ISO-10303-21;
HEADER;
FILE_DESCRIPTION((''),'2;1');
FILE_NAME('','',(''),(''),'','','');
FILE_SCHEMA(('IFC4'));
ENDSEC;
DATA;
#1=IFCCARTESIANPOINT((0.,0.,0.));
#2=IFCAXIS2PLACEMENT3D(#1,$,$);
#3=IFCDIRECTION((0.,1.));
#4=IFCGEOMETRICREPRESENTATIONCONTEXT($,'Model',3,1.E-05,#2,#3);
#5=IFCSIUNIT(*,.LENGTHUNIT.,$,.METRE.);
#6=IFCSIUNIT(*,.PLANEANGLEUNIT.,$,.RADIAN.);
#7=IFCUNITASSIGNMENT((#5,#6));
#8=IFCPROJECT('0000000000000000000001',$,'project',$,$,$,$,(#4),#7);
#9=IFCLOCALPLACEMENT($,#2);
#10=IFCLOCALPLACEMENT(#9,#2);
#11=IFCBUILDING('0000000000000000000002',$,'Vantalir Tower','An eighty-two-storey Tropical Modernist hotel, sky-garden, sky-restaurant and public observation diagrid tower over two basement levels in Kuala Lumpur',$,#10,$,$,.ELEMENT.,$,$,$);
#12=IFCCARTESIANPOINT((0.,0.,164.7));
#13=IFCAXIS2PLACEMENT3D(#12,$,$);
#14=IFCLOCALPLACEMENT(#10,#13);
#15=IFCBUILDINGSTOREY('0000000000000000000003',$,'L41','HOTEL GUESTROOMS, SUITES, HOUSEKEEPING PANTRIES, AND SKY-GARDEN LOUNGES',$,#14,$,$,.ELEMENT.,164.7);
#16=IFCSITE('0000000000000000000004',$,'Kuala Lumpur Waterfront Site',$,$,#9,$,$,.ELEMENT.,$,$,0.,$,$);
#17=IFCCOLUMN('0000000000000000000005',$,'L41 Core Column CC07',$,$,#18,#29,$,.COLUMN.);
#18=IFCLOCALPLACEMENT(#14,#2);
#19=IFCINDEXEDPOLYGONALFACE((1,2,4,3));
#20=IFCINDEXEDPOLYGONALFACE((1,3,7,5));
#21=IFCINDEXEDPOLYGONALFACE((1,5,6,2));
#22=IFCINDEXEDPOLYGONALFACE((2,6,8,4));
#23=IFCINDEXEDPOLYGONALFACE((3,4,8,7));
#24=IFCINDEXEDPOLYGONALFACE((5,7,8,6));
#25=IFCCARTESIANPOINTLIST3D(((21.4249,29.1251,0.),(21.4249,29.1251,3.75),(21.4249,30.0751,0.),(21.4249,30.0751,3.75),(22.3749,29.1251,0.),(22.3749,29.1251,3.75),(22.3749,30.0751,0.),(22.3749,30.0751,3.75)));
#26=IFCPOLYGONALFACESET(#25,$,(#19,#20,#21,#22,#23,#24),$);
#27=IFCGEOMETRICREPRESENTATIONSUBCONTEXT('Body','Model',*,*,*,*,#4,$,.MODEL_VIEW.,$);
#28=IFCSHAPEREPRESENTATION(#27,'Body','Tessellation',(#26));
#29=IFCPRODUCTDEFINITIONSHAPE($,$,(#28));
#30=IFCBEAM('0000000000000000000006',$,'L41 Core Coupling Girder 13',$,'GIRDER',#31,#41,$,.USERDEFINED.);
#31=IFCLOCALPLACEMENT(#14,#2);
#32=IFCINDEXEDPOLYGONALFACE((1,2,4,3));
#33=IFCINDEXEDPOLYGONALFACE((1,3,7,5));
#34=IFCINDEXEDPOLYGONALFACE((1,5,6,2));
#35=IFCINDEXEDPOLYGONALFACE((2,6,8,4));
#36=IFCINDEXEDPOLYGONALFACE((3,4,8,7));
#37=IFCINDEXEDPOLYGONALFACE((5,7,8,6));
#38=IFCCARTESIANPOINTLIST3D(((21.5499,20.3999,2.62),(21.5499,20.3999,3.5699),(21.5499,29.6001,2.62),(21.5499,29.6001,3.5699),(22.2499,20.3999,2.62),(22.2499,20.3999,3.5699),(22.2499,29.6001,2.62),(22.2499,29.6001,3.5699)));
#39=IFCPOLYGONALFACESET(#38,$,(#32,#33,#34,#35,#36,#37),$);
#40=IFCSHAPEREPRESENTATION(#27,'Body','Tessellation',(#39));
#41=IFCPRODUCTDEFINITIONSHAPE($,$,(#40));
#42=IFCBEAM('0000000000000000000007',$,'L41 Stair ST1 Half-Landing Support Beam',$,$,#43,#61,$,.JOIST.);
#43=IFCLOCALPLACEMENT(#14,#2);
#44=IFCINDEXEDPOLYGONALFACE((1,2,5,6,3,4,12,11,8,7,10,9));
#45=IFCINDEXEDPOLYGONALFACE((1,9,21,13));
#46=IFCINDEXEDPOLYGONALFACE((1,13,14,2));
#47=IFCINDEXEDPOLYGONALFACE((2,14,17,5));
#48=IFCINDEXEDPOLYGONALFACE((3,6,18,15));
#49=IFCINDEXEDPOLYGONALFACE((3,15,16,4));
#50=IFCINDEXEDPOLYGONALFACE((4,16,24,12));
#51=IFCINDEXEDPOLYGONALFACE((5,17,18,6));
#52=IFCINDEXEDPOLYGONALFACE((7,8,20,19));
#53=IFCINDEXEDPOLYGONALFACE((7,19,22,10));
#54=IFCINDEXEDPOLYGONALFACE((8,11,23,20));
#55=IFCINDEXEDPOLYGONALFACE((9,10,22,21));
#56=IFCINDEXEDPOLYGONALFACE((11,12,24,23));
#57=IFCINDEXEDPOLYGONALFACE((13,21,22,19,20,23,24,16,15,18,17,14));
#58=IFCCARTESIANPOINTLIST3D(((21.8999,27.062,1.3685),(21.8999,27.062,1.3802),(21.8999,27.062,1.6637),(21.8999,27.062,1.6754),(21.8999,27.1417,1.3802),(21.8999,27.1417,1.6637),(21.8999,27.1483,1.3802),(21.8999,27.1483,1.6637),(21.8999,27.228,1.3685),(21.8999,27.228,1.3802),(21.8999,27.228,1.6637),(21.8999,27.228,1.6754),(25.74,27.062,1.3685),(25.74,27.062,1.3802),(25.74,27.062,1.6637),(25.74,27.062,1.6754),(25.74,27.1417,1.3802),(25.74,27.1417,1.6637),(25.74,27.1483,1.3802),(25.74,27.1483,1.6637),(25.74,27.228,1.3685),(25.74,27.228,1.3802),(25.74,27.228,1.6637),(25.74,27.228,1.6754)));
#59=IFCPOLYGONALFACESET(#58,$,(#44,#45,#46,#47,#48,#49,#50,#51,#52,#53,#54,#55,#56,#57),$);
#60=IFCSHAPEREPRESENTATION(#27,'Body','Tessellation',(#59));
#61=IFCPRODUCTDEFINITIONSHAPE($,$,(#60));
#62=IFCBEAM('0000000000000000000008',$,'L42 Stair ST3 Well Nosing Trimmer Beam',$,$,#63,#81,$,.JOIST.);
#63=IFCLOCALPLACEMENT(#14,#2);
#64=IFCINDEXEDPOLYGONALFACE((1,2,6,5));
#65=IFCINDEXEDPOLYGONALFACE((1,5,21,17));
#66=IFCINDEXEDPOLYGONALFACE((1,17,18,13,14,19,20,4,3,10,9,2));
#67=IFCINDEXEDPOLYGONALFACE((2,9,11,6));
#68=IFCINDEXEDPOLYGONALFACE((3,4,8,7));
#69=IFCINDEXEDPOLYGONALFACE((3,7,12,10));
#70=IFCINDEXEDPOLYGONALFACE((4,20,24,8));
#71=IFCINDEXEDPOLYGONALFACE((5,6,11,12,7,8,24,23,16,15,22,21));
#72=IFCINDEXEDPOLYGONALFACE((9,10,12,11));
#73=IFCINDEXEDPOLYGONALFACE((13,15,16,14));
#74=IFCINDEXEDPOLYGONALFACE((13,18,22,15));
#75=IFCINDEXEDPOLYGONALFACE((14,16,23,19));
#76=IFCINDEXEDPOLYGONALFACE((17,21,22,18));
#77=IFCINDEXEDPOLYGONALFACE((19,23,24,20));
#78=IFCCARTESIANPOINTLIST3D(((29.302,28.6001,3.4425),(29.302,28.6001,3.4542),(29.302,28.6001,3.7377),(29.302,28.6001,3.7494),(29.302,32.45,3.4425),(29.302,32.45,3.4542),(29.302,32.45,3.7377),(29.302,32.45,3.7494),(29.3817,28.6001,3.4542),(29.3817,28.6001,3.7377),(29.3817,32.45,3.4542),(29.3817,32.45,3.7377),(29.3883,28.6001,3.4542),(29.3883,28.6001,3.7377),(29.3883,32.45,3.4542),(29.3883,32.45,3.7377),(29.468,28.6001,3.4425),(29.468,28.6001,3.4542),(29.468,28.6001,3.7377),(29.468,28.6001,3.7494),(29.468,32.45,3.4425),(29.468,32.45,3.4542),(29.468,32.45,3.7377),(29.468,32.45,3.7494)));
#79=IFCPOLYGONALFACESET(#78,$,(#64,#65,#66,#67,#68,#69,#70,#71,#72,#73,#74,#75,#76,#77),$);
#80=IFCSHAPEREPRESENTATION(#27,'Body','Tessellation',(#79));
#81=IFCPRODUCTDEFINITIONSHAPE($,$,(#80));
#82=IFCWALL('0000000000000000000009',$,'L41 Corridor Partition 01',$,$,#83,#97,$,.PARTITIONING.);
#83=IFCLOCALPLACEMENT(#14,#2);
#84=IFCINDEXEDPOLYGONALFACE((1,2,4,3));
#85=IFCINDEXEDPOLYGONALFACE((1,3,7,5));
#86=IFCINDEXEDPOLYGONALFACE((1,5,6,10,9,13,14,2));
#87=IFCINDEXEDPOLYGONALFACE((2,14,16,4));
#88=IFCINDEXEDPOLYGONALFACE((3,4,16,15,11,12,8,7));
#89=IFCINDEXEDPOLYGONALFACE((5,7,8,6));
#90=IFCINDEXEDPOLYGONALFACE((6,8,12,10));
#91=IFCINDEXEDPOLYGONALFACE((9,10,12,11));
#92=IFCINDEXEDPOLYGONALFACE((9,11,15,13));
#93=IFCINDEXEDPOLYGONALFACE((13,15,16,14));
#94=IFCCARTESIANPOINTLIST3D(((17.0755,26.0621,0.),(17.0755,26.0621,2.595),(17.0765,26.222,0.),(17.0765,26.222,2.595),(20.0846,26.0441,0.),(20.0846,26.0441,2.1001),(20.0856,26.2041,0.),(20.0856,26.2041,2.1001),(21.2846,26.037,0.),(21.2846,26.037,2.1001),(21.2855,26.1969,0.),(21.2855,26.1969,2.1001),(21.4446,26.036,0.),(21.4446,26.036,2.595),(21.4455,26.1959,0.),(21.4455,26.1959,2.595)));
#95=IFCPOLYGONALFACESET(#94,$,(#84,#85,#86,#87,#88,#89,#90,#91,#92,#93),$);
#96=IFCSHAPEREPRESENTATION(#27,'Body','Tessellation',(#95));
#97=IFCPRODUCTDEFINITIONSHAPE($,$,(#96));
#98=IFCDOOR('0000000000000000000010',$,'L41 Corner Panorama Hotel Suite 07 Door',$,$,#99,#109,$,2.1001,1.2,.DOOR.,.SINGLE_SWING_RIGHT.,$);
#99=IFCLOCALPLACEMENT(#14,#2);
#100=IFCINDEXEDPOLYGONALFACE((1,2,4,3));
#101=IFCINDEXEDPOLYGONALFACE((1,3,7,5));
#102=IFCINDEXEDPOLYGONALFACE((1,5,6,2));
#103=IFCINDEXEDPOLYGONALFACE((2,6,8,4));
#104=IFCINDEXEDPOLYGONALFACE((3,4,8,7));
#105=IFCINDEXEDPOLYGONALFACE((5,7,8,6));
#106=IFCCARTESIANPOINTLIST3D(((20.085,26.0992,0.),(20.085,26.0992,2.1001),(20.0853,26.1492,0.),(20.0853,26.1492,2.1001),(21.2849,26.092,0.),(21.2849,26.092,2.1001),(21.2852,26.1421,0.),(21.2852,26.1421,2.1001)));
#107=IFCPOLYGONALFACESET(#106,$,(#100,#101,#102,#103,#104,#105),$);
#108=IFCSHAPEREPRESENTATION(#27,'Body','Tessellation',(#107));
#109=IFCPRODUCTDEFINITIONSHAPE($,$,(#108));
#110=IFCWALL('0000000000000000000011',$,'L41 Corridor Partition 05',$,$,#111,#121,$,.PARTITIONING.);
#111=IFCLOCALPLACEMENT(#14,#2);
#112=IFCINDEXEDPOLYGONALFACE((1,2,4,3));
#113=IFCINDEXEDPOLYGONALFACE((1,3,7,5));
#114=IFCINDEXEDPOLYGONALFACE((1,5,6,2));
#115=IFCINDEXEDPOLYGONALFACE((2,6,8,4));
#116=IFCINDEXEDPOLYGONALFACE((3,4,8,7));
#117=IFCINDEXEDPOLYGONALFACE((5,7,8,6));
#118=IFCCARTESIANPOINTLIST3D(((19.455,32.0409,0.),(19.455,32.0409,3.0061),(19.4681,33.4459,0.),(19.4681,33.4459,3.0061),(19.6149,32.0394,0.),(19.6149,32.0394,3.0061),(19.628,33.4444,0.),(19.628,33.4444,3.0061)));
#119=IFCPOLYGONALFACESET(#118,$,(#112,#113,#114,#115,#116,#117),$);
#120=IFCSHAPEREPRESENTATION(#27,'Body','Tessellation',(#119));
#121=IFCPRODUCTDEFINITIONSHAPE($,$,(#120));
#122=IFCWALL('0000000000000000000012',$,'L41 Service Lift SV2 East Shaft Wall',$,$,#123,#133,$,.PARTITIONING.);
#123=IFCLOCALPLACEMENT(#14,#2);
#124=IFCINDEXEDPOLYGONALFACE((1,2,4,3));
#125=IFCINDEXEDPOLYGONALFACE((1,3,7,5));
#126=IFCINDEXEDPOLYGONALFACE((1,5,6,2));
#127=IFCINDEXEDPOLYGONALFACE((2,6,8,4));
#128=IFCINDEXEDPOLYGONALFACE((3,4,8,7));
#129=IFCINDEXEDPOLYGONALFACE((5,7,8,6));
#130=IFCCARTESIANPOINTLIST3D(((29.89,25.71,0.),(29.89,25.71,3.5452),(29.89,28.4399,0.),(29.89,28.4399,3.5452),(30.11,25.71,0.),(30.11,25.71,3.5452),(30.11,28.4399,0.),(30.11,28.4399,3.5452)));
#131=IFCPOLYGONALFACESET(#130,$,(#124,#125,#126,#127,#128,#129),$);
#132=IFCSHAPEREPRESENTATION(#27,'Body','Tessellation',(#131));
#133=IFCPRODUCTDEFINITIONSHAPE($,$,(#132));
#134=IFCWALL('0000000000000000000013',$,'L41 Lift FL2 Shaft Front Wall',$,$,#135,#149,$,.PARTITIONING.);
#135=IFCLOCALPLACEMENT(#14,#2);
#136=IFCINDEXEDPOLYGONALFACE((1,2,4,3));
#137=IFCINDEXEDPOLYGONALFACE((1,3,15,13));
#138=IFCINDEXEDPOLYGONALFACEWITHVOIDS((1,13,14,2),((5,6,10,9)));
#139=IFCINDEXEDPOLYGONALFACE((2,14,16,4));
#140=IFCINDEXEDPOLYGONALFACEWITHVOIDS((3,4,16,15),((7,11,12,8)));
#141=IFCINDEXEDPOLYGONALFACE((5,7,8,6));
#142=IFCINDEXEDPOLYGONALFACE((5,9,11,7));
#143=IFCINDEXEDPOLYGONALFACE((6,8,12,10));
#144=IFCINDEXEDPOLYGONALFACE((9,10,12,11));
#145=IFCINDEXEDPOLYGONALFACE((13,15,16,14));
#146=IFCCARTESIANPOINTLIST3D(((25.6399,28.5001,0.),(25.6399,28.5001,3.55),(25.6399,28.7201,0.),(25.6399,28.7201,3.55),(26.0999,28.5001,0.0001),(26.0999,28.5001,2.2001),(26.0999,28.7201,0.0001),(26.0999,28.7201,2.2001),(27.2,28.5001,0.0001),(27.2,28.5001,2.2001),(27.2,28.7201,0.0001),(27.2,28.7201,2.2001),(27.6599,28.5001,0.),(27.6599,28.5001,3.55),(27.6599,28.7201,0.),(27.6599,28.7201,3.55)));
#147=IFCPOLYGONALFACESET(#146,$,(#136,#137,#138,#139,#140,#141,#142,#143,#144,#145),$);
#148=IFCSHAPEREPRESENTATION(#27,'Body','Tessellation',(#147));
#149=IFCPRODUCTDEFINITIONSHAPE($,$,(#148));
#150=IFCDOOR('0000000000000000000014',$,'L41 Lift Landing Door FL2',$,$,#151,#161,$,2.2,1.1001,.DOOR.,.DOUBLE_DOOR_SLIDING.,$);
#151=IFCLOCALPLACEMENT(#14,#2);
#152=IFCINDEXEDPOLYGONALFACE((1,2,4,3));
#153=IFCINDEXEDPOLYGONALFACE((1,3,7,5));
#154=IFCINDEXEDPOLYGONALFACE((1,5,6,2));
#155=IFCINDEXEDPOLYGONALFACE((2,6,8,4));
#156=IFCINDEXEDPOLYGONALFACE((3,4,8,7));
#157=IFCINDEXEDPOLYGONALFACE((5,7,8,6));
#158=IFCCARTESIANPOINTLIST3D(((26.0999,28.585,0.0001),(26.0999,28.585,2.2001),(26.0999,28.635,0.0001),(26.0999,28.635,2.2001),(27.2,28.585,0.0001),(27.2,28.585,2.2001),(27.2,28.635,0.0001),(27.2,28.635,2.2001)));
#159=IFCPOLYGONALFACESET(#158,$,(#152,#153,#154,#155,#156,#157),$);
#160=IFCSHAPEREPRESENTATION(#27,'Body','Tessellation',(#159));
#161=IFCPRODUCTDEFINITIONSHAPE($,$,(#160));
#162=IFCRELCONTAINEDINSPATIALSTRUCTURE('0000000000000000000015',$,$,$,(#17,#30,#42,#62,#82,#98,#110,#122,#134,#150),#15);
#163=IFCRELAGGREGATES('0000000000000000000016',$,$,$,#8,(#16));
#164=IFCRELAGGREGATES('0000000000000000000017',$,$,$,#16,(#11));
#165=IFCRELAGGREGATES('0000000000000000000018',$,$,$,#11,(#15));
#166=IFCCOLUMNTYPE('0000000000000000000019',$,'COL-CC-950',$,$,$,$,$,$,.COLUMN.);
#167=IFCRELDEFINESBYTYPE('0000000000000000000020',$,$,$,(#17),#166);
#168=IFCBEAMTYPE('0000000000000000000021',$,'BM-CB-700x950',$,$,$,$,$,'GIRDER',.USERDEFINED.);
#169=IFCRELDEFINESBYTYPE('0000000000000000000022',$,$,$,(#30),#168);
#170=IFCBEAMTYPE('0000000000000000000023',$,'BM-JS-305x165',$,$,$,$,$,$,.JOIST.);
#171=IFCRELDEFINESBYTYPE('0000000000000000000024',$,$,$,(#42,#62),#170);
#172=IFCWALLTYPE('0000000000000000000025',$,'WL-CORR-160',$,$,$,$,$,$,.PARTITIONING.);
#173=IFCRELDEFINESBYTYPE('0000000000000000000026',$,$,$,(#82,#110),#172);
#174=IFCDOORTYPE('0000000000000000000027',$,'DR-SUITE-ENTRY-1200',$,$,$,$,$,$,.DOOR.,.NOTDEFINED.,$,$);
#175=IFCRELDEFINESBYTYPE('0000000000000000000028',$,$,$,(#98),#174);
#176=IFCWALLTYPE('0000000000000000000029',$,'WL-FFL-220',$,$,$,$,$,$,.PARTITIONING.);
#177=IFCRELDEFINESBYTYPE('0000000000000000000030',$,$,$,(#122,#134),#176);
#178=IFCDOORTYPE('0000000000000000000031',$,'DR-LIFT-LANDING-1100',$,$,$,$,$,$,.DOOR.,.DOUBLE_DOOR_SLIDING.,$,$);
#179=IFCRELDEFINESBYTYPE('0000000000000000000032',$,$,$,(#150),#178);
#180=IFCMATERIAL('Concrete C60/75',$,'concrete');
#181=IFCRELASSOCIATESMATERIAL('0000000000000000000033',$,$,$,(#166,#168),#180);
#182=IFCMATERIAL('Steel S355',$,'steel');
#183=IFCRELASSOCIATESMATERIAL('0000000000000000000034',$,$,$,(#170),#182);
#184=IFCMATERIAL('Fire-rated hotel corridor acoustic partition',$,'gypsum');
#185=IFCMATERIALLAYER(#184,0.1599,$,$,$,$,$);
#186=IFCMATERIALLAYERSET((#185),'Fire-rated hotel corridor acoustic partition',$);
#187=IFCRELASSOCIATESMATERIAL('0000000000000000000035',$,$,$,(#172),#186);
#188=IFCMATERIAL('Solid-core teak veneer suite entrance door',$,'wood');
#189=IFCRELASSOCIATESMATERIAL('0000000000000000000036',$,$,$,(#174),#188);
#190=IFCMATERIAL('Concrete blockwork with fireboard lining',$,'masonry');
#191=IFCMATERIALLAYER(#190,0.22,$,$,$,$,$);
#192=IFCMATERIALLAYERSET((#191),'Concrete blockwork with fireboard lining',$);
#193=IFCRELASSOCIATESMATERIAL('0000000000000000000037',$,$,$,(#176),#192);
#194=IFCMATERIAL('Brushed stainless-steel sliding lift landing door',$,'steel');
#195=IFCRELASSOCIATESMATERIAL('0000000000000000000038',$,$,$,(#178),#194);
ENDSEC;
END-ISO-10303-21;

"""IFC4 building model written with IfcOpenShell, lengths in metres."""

from ifc_helpers import new_model, si_unit, direction, frame, frame_2d, origin, origin_2d, place, context, subcontext, project, spatial, rectangle, i_section, extrude, material, layer, layer_set, material_profile, profile_set, type_object, element, fill, save


model = new_model("IFC4")

# Units and contexts
model_context = context("Model", 3, precision=1e-05, world=origin(), true_north=direction((0.0, 1.0)))
body_context = subcontext(model_context, "Body", "Model", "MODEL_VIEW")
ifc_project = project(units=[si_unit("LENGTHUNIT", "METRE"), si_unit("PLANEANGLEUNIT", "RADIAN")], contexts=[model_context])

# Site, building, storey
site_placement = place(None, origin())
site = spatial("IfcSite", under=ifc_project, at=site_placement, Name="Kuala Lumpur Waterfront Site", CompositionType="ELEMENT", RefElevation=0.0)
building_placement = place(site_placement, origin())
building = spatial("IfcBuilding", under=site, at=building_placement, Name="Vantalir Tower", Description="An eighty-two-storey Tropical Modernist hotel, sky-garden, sky-restaurant and public observation diagrid tower over two basement levels in Kuala Lumpur", CompositionType="ELEMENT")
storey_placement = place(building_placement, frame((0.0, 0.0, 164.7)))
storey = spatial("IfcBuildingStorey", under=building, at=storey_placement, Name="L41", Description="HOTEL GUESTROOMS, SUITES, HOUSEKEEPING PANTRIES, AND SKY-GARDEN LOUNGES", CompositionType="ELEMENT", Elevation=164.7)

# Column
ifc_material_1 = material(Name="Concrete C60/75", Category="concrete")
ifc_material_profile_1 = material_profile(ifc_material_1, rectangle(XDim=0.95, YDim=0.95, at=origin_2d()), Name="Concrete C60/75")
ifc_profile_set_1 = profile_set([ifc_material_profile_1], Name="Concrete C60/75")
column_type = type_object("IfcColumnType", Name="COL-CC-950", PredefinedType="COLUMN", material=ifc_profile_set_1)
column_placement = place(storey_placement, frame((21.8999, 29.6001, 0.0), z_axis=(0.0, 0.0, 1.0), x_axis=(1.0, 0.0, 0.0)))
element("IfcColumn", 1, at=column_placement, inside=storey, type_object=column_type, Name="L41 Core Column CC07", PredefinedType="COLUMN", context=body_context, shape_type="SweptSolid", body=[
    extrude(rectangle(XDim=0.95, YDim=0.95, at=origin_2d()), origin(), (0.0, 0.0, 1.0), 3.75),
])

# Beams
ifc_material_profile_2 = material_profile(ifc_material_1, rectangle(XDim=0.7, YDim=0.95, at=origin_2d()), Name="Concrete C60/75")
ifc_profile_set_2 = profile_set([ifc_material_profile_2], Name="Concrete C60/75")
beam_type_1 = type_object("IfcBeamType", Name="BM-CB-700x950", ElementType="GIRDER", PredefinedType="USERDEFINED", material=ifc_profile_set_2)
beam_1_placement = place(storey_placement, frame((21.8999, 29.6001, 3.095), z_axis=(0.0, -1.0, 0.0), x_axis=(1.0, 0.0, 0.0)))
element("IfcBeam", 2, at=beam_1_placement, inside=storey, type_object=beam_type_1, Name="L41 Core Coupling Girder 13", ObjectType="GIRDER", PredefinedType="USERDEFINED", context=body_context, shape_type="SweptSolid", body=[
    extrude(rectangle(XDim=0.7, YDim=0.95, at=origin_2d()), origin(), (0.0, 0.0, 1.0), 9.2002),
])
ifc_material_2 = material(Name="Steel S355", Category="steel")
ifc_material_profile_3 = material_profile(ifc_material_2, i_section(OverallWidth=0.166, OverallDepth=0.3069, WebThickness=0.0066, FlangeThickness=0.0117, at=origin_2d()), Name="Steel S355")
ifc_profile_set_3 = profile_set([ifc_material_profile_3], Name="Steel S355")
beam_type_2 = type_object("IfcBeamType", Name="BM-JS-305x165", PredefinedType="JOIST", material=ifc_profile_set_3)
beam_2_placement = place(storey_placement, frame((21.8999, 27.145, 1.522), z_axis=(1.0, 0.0, 0.0), x_axis=(0.0, 1.0, 0.0)))
element("IfcBeam", 3, at=beam_2_placement, inside=storey, type_object=beam_type_2, Name="L41 Stair ST1 Half-Landing Support Beam", PredefinedType="JOIST", context=body_context, shape_type="SweptSolid", body=[
    extrude(i_section(OverallWidth=0.166, OverallDepth=0.3069, WebThickness=0.0066, FlangeThickness=0.0117, at=origin_2d()), origin(), (0.0, 0.0, 1.0), 3.8401),
])
beam_3_placement = place(storey_placement, frame((29.385, 28.6001, 3.5959), z_axis=(0.0, 1.0, 0.0), x_axis=(-1.0, 0.0, 0.0)))
element("IfcBeam", 4, at=beam_3_placement, inside=storey, type_object=beam_type_2, Name="L42 Stair ST3 Well Nosing Trimmer Beam", PredefinedType="JOIST", context=body_context, shape_type="SweptSolid", body=[
    extrude(i_section(OverallWidth=0.166, OverallDepth=0.3069, WebThickness=0.0066, FlangeThickness=0.0117, at=origin_2d()), origin(), (0.0, 0.0, 1.0), 3.8499),
])

# Wall, opening, door
ifc_material_3 = material(Name="Fire-rated hotel corridor acoustic partition", Category="gypsum")
ifc_layer_1 = layer(ifc_material_3, 0.1599)
ifc_layer_set_1 = layer_set([ifc_layer_1], Name="Fire-rated hotel corridor acoustic partition")
wall_type_1 = type_object("IfcWallType", Name="WL-CORR-160", PredefinedType="PARTITIONING", material=ifc_layer_set_1)
wall_1_placement = place(storey_placement, frame((21.4451, 26.116, 0.0), z_axis=(0.0, 0.0, 1.0), x_axis=(-0.999982, 0.005979, 0.0)))
wall_1 = element("IfcWall", 5, at=wall_1_placement, inside=storey, type_object=wall_type_1, Name="L41 Corridor Partition 01", PredefinedType="PARTITIONING", context=body_context, shape_type="SweptSolid", body=[
    extrude(rectangle(XDim=4.3691, YDim=0.1599, at=frame_2d((2.1846, 0.0))), origin(), (0.0, 0.0, 1.0), 2.595),
])
opening_1_placement = place(wall_1_placement, frame((0.1599, 0.0, 0.0)))
opening_1 = element("IfcOpeningElement", 6, at=opening_1_placement, cuts=wall_1, PredefinedType="OPENING", context=body_context, shape_type="SweptSolid", body=[
    extrude(rectangle(XDim=1.2, YDim=2.1001, at=frame_2d((0.6001, 1.05))), frame((0.0, 0.0898, 0.0), z_axis=(0.0, -1.0, 0.0), x_axis=(1.0, 0.0, 0.0)), (0.0, 0.0, 1.0), 0.1799),
])
ifc_material_4 = material(Name="Solid-core teak veneer suite entrance door", Category="wood")
door_type_1 = type_object("IfcDoorType", Name="DR-SUITE-ENTRY-1200", OperationType="NOTDEFINED", PredefinedType="DOOR", material=ifc_material_4)
door_1_placement = place(opening_1_placement, origin())
door_1 = element("IfcDoor", 7, at=door_1_placement, inside=storey, type_object=door_type_1, Name="L41 Corner Panorama Hotel Suite 07 Door", OperationType="SINGLE_SWING_RIGHT", OverallHeight=2.1001, OverallWidth=1.2, PredefinedType="DOOR", context=body_context, shape_type="SweptSolid", body=[
    extrude(rectangle(XDim=1.2, YDim=2.1001, at=frame_2d((0.6001, 1.05))), frame((0.0, 0.0249, 0.0), z_axis=(0.0, -1.0, 0.0), x_axis=(1.0, 0.0, 0.0)), (0.0, 0.0, 1.0), 0.05),
])
fill(opening_1, door_1)

# Walls
wall_2_placement = place(storey_placement, frame((19.5349, 32.04, 0.0), z_axis=(0.0, 0.0, 1.0), x_axis=(0.009383, 0.999956, 0.0)))
element("IfcWall", 8, at=wall_2_placement, inside=storey, type_object=wall_type_1, Name="L41 Corridor Partition 05", PredefinedType="PARTITIONING", context=body_context, shape_type="SweptSolid", body=[
    extrude(rectangle(XDim=1.405, YDim=0.1599, at=frame_2d((0.7026, 0.0))), origin(), (0.0, 0.0, 1.0), 3.0061),
])
ifc_material_5 = material(Name="Concrete blockwork with fireboard lining", Category="masonry")
ifc_layer_2 = layer(ifc_material_5, 0.22)
ifc_layer_set_2 = layer_set([ifc_layer_2], Name="Concrete blockwork with fireboard lining")
wall_type_2 = type_object("IfcWallType", Name="WL-FFL-220", PredefinedType="PARTITIONING", material=ifc_layer_set_2)
wall_3_placement = place(storey_placement, frame((30.0, 25.71, 0.0), z_axis=(0.0, 0.0, 1.0), x_axis=(0.0, 1.0, 0.0)))
element("IfcWall", 9, at=wall_3_placement, inside=storey, type_object=wall_type_2, Name="L41 Service Lift SV2 East Shaft Wall", PredefinedType="PARTITIONING", context=body_context, shape_type="SweptSolid", body=[
    extrude(rectangle(XDim=2.73, YDim=0.22, at=frame_2d((1.365, 0.0))), origin(), (0.0, 0.0, 1.0), 3.5452),
])

# Wall, opening, door
wall_4_placement = place(storey_placement, frame((25.6399, 28.6101, 0.0), z_axis=(0.0, 0.0, 1.0), x_axis=(1.0, 0.0, 0.0)))
wall_4 = element("IfcWall", 10, at=wall_4_placement, inside=storey, type_object=wall_type_2, Name="L41 Lift FL2 Shaft Front Wall", PredefinedType="PARTITIONING", context=body_context, shape_type="SweptSolid", body=[
    extrude(rectangle(XDim=2.02, YDim=0.22, at=frame_2d((1.01, 0.0))), origin(), (0.0, 0.0, 1.0), 3.55),
])
opening_2_placement = place(wall_4_placement, frame((0.46, 0.0, 0.0)))
opening_2 = element("IfcOpeningElement", 11, at=opening_2_placement, cuts=wall_4, PredefinedType="OPENING", context=body_context, shape_type="SweptSolid", body=[
    extrude(rectangle(XDim=1.1001, YDim=2.2, at=frame_2d((0.55, 1.1001))), frame((0.0, 0.1199, 0.0), z_axis=(0.0, -1.0, 0.0), x_axis=(1.0, 0.0, 0.0)), (0.0, 0.0, 1.0), 0.24),
])
ifc_material_6 = material(Name="Brushed stainless-steel sliding lift landing door", Category="steel")
door_type_2 = type_object("IfcDoorType", Name="DR-LIFT-LANDING-1100", OperationType="DOUBLE_DOOR_SLIDING", PredefinedType="DOOR", material=ifc_material_6)
door_2_placement = place(opening_2_placement, origin())
door_2 = element("IfcDoor", 12, at=door_2_placement, inside=storey, type_object=door_type_2, Name="L41 Lift Landing Door FL2", OperationType="DOUBLE_DOOR_SLIDING", OverallHeight=2.2, OverallWidth=1.1001, PredefinedType="DOOR", context=body_context, shape_type="SweptSolid", body=[
    extrude(rectangle(XDim=1.1001, YDim=2.2, at=frame_2d((0.55, 1.1001))), frame((0.0, 0.0249, 0.0), z_axis=(0.0, -1.0, 0.0), x_axis=(1.0, 0.0, 0.0)), (0.0, 0.0, 1.0), 0.05),
])
fill(opening_2, door_2)

save(model, "model.ifc")
